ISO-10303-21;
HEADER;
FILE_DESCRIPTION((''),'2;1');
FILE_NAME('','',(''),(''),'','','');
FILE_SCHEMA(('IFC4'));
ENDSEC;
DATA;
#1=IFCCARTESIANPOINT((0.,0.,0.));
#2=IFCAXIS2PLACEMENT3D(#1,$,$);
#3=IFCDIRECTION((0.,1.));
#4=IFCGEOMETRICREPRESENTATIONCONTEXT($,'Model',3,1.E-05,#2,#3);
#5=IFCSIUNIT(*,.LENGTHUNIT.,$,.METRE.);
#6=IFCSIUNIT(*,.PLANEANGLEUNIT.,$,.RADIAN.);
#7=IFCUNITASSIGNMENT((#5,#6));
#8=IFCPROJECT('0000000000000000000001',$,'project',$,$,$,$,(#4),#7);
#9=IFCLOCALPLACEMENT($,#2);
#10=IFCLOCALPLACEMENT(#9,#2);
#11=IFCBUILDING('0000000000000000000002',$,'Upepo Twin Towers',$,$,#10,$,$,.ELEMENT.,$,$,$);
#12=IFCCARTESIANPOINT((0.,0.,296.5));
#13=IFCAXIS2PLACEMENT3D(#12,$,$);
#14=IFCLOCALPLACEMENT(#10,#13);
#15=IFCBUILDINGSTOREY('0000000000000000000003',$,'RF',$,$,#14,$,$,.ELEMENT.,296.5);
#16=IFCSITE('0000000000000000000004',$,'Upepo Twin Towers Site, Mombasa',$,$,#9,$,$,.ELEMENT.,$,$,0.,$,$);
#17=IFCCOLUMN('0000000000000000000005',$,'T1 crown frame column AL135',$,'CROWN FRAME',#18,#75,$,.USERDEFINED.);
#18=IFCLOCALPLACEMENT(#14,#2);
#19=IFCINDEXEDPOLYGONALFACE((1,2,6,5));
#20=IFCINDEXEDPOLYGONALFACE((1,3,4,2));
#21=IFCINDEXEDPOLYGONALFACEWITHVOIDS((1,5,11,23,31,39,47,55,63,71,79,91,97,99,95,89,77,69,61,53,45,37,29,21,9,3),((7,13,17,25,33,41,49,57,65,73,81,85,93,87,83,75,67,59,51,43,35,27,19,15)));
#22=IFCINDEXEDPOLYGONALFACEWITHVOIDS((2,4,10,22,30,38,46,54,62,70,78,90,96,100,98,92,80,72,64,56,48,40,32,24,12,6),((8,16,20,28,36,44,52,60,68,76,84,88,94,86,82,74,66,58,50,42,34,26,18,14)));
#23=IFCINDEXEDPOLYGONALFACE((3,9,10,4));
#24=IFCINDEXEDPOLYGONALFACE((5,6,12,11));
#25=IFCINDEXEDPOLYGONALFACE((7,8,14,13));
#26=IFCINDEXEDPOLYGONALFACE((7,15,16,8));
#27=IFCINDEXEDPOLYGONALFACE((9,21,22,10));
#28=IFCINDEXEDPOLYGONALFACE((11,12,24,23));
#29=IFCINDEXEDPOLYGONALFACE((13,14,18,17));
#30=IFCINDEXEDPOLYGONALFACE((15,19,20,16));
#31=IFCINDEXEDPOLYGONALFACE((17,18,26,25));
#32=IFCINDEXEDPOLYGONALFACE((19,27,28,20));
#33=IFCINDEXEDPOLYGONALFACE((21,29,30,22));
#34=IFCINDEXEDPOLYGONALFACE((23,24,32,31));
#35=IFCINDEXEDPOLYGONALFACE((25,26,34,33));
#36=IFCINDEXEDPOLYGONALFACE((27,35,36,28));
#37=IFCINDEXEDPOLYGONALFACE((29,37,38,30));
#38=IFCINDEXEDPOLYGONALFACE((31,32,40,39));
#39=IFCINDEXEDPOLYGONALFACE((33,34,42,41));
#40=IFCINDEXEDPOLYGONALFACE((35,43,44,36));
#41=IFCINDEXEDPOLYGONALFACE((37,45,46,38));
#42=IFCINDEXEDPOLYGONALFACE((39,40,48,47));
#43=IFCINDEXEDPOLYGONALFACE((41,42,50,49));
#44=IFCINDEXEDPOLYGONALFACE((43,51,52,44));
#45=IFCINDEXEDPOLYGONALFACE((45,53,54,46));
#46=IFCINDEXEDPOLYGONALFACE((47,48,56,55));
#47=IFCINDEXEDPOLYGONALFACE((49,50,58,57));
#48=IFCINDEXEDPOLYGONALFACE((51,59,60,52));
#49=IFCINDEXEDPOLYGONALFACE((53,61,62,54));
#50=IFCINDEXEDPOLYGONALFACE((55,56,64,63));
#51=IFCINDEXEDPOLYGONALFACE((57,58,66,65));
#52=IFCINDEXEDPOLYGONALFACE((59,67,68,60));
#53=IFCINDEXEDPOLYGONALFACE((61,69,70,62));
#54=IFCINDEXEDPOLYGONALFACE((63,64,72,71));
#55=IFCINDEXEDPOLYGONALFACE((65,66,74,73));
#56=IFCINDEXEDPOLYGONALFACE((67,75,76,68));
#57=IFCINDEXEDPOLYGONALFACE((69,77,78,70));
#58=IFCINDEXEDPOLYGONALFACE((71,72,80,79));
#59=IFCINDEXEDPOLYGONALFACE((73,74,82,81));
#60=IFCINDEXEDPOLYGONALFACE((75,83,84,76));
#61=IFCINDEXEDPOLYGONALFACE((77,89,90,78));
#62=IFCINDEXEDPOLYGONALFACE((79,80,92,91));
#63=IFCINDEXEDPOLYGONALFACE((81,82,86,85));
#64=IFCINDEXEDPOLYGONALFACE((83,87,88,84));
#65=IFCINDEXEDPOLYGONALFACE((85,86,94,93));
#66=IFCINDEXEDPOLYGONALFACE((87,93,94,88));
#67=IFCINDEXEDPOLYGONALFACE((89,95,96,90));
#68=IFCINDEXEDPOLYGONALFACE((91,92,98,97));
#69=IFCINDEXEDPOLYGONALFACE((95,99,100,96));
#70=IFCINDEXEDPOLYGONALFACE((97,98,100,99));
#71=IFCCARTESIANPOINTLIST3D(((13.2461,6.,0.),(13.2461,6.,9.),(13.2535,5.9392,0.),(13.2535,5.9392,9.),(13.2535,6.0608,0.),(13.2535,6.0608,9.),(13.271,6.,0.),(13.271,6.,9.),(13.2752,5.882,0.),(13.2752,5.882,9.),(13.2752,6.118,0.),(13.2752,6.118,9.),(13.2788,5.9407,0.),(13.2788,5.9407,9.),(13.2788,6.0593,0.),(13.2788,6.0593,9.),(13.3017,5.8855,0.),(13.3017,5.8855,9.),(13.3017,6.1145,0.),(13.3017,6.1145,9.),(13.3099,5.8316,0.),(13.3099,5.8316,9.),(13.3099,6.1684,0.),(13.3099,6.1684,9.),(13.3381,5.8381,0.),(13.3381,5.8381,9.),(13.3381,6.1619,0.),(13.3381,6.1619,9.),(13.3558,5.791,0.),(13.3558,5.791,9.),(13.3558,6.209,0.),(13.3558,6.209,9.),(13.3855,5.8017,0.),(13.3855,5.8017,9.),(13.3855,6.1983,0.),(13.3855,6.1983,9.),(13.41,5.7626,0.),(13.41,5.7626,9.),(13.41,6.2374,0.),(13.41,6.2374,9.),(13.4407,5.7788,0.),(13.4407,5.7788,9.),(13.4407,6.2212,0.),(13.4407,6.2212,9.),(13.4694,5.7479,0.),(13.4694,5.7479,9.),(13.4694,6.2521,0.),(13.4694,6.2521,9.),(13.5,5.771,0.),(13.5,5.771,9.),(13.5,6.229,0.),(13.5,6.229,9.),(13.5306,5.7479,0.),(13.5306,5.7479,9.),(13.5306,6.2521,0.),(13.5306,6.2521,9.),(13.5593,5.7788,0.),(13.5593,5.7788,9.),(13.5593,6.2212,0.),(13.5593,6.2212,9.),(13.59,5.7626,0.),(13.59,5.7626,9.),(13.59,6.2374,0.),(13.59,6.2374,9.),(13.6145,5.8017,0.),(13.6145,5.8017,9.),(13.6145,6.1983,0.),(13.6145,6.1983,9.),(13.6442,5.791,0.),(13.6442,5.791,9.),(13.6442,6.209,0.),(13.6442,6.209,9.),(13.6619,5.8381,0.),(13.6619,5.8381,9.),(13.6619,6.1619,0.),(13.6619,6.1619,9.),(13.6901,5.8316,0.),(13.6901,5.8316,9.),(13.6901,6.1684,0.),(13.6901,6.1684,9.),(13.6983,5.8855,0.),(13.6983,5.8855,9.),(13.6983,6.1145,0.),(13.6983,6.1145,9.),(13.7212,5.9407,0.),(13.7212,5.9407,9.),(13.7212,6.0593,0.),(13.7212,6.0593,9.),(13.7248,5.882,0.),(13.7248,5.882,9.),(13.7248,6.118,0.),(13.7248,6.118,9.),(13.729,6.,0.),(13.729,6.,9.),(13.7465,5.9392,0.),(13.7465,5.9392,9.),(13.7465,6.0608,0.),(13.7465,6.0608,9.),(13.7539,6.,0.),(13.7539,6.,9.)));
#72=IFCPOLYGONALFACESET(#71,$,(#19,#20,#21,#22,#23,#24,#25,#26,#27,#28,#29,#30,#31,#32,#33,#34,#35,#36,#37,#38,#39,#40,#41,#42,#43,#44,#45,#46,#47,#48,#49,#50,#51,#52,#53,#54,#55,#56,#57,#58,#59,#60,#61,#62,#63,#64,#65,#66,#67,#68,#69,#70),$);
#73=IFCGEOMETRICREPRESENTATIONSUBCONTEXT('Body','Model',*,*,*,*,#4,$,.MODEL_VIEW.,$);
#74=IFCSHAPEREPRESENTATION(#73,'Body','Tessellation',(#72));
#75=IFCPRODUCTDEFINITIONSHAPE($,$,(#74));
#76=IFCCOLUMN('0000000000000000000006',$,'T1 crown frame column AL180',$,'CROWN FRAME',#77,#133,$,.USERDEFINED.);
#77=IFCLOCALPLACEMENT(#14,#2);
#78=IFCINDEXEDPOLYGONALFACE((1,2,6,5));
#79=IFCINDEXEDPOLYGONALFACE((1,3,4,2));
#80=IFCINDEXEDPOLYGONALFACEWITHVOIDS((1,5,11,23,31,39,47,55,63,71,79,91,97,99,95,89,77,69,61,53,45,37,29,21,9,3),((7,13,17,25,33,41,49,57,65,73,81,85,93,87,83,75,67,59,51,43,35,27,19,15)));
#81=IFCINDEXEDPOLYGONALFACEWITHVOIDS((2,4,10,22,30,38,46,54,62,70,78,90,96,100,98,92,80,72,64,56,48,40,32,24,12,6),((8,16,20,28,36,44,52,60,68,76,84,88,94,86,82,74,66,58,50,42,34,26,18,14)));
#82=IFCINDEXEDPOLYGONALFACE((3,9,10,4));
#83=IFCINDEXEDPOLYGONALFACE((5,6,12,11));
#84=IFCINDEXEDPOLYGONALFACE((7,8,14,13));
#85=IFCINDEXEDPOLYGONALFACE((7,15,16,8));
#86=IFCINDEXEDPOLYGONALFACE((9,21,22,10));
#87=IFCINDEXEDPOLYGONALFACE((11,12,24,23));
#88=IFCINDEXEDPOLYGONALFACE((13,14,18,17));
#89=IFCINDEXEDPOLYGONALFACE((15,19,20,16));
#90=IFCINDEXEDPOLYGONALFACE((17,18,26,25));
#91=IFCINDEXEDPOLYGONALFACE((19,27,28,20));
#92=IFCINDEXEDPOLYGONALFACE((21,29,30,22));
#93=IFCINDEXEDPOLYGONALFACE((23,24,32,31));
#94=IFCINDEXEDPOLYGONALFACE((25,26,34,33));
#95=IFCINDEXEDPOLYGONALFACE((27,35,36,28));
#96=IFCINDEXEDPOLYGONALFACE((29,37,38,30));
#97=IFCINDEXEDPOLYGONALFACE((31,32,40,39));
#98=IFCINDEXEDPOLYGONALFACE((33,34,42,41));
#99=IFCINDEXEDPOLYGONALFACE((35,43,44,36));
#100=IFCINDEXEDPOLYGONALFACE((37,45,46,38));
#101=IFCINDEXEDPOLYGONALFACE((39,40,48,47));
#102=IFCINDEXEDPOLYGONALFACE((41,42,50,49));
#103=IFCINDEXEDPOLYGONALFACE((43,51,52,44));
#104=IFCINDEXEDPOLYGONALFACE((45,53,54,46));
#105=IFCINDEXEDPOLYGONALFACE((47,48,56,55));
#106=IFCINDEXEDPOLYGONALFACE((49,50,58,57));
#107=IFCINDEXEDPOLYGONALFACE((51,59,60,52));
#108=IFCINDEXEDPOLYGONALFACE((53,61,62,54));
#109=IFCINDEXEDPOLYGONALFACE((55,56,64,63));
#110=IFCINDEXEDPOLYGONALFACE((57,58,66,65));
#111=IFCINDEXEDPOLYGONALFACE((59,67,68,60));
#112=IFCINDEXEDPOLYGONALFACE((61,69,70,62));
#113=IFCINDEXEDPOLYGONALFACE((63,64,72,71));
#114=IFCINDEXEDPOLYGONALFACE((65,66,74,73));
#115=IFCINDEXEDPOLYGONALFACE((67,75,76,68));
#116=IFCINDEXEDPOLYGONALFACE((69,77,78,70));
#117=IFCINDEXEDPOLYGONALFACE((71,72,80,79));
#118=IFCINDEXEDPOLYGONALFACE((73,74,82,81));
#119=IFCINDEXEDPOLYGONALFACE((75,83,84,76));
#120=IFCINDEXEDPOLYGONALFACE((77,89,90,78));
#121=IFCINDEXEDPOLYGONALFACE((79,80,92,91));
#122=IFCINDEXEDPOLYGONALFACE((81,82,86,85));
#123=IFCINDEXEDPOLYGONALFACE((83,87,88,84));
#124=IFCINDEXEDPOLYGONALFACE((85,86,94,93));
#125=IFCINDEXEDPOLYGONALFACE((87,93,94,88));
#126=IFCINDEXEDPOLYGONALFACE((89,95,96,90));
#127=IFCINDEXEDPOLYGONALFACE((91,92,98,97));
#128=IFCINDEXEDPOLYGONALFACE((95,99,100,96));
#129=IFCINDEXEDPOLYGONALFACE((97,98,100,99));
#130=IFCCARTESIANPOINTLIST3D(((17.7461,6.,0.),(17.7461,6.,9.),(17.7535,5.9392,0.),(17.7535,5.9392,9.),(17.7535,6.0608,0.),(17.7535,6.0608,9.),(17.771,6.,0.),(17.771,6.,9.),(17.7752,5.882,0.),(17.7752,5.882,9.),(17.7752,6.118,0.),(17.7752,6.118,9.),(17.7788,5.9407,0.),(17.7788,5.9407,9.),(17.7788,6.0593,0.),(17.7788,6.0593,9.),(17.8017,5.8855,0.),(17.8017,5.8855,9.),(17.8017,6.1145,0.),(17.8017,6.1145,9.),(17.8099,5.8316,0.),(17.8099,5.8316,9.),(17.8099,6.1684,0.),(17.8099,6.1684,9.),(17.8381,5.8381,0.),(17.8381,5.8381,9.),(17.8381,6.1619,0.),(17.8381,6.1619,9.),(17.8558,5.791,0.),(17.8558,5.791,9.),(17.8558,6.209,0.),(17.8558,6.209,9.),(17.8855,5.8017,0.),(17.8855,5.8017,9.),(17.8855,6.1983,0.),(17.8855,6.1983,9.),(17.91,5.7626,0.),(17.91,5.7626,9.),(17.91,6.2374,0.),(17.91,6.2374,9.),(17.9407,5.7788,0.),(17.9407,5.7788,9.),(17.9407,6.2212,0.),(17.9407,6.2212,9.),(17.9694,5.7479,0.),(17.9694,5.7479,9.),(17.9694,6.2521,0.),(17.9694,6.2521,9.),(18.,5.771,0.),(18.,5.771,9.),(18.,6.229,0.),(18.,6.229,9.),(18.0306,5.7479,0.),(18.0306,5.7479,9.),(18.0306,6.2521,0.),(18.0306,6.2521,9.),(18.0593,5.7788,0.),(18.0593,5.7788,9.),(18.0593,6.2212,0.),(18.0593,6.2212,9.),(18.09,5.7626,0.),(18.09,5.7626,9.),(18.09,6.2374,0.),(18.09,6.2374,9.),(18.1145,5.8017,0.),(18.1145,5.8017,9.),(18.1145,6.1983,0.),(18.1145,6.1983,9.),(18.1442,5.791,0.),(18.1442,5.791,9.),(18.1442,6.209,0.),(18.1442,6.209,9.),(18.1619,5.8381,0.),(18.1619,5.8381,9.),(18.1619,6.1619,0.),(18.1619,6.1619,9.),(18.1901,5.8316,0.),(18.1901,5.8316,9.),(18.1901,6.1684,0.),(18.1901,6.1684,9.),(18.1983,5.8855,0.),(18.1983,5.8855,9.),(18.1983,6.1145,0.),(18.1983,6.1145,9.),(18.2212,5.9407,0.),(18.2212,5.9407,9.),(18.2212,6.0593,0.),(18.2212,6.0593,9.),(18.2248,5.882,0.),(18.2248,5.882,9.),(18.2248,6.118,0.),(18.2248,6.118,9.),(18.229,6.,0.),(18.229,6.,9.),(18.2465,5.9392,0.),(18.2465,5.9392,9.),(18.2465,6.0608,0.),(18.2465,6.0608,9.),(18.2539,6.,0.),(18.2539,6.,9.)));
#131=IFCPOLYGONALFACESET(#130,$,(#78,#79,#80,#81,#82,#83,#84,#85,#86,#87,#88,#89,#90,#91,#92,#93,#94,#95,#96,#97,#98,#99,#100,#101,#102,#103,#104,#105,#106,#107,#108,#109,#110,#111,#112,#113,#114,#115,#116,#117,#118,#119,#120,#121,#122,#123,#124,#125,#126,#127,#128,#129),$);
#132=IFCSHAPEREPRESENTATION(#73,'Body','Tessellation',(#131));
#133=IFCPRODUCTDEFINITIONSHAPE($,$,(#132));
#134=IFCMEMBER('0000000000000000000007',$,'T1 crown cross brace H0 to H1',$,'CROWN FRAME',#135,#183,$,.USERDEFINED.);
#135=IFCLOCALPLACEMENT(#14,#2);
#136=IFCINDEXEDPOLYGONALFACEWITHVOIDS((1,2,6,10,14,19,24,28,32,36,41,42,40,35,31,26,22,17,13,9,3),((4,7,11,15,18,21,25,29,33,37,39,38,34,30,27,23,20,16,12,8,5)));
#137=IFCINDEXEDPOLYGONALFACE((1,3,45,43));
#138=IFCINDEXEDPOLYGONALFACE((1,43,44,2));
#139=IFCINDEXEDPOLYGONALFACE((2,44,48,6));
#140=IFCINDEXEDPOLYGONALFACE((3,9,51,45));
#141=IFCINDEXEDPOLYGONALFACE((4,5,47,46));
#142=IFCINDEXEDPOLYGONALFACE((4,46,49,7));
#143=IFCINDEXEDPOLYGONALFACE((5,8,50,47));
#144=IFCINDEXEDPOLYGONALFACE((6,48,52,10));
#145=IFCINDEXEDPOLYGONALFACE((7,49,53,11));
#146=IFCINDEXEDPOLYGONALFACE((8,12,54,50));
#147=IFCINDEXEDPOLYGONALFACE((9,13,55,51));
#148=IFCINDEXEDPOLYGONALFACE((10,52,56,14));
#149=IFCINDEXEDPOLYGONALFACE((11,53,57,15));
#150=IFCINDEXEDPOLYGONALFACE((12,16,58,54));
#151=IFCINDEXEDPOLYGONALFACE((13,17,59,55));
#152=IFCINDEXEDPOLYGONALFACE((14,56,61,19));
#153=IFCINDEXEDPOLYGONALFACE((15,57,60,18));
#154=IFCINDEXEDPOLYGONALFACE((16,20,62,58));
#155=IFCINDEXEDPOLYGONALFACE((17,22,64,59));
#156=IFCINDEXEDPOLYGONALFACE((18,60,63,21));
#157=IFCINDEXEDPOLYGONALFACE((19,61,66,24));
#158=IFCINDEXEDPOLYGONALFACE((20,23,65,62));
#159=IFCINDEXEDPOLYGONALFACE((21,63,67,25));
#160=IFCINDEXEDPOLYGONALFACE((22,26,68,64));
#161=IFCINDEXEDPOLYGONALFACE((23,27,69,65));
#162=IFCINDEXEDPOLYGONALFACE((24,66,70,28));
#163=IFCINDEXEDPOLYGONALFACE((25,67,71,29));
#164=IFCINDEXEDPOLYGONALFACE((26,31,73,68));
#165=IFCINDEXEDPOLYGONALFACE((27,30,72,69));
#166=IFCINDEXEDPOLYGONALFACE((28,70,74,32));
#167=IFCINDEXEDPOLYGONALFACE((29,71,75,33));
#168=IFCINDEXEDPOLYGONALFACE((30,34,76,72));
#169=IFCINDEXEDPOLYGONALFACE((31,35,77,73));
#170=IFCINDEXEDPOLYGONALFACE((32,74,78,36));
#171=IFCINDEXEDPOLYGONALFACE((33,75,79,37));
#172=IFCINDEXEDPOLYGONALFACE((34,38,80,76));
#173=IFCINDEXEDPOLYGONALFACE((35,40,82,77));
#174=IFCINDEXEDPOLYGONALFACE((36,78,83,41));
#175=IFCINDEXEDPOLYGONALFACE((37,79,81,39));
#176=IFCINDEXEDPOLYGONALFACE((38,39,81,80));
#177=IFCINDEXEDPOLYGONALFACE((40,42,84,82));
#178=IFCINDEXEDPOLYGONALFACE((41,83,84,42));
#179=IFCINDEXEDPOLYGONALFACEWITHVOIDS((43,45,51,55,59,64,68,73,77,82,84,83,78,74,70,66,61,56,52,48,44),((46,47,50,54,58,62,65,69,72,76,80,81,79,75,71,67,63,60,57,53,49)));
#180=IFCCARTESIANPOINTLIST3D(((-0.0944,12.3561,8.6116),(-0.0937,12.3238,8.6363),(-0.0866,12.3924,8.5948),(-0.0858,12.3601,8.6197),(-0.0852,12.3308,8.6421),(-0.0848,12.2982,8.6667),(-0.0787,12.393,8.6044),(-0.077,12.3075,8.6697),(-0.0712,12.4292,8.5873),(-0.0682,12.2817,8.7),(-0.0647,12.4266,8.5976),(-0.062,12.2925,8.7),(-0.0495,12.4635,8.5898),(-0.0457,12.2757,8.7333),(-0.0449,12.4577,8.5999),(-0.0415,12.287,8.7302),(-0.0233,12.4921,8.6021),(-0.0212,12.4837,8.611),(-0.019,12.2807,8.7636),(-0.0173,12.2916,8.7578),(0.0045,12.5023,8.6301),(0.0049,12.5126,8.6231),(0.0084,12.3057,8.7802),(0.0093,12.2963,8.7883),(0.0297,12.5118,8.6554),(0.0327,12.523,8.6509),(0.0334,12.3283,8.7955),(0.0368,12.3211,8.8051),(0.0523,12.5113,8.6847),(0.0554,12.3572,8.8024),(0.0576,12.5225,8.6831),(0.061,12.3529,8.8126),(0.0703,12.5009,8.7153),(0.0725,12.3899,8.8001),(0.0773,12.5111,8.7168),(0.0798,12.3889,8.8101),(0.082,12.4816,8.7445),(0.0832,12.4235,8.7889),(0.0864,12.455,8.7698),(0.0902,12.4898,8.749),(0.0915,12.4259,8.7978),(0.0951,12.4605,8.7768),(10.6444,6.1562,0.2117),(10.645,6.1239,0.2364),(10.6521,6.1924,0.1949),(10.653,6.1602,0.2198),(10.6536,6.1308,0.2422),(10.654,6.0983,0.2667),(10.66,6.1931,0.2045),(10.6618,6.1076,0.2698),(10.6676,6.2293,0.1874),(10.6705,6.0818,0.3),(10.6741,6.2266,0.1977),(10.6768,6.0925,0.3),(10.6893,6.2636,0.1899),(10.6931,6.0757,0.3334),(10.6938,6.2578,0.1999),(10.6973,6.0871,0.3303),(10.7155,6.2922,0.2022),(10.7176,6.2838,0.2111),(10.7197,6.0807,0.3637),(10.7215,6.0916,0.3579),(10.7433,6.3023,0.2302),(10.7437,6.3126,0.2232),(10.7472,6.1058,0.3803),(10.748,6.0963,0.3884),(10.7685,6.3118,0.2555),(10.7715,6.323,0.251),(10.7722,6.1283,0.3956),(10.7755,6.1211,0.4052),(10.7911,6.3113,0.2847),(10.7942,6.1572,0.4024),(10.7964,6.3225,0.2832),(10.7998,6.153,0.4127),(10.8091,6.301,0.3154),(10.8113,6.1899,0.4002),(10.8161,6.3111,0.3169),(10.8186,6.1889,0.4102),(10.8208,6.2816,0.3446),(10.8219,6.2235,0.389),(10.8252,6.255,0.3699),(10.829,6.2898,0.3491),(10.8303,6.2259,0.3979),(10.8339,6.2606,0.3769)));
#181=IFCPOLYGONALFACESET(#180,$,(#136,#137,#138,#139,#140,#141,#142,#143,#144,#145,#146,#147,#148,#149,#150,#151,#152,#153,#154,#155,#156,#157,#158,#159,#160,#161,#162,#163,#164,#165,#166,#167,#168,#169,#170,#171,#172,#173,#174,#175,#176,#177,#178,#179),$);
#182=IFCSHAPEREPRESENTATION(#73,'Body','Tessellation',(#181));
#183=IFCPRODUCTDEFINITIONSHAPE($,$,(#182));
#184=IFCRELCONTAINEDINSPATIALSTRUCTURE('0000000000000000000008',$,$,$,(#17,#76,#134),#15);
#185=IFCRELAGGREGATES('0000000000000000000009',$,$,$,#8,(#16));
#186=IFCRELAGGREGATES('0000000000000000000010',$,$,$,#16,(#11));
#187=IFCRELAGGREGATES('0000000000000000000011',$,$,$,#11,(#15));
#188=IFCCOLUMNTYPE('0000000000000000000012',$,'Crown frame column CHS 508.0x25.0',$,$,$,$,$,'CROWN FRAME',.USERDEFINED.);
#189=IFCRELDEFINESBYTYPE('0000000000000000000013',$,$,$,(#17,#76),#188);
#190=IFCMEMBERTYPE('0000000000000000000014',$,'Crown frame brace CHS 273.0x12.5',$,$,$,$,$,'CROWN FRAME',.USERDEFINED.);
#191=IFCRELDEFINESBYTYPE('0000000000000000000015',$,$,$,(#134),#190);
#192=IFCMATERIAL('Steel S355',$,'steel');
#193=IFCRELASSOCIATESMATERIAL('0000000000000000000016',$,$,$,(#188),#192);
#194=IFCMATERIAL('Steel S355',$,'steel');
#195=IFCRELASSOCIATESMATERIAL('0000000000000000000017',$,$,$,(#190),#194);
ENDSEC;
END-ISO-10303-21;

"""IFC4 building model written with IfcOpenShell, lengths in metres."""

from ifc_helpers import new_model, si_unit, direction, frame, origin, origin_2d, place, context, subcontext, project, spatial, hollow_circle, extrude, material, material_profile, profile_set, type_object, element, save


model = new_model("IFC4")

# Units and contexts
model_context = context("Model", 3, precision=1e-05, world=origin(), true_north=direction((0.0, 1.0)))
body_context = subcontext(model_context, "Body", "Model", "MODEL_VIEW")
ifc_project = project(units=[si_unit("LENGTHUNIT", "METRE"), si_unit("PLANEANGLEUNIT", "RADIAN")], contexts=[model_context])

# Site, building, storey
site_placement = place(None, origin())
site = spatial("IfcSite", under=ifc_project, at=site_placement, Name="Upepo Twin Towers Site, Mombasa", CompositionType="ELEMENT", RefElevation=0.0)
building_placement = place(site_placement, origin())
building = spatial("IfcBuilding", under=site, at=building_placement, Name="Upepo Twin Towers", CompositionType="ELEMENT")
storey_placement = place(building_placement, frame((0.0, 0.0, 296.5)))
storey = spatial("IfcBuildingStorey", under=building, at=storey_placement, Name="RF", CompositionType="ELEMENT", Elevation=296.5)

# Columns
ifc_material_1 = material(Name="Steel S355", Category="steel")
ifc_material_profile_1 = material_profile(ifc_material_1, hollow_circle(Radius=0.2539, WallThickness=0.0249, at=origin_2d()), Name="CHS 508.0x25.0")
ifc_profile_set_1 = profile_set([ifc_material_profile_1], Name="Steel S355")
column_type = type_object("IfcColumnType", Name="Crown frame column CHS 508.0x25.0", ElementType="CROWN FRAME", PredefinedType="USERDEFINED", material=ifc_profile_set_1)
for number, where, z_axis, x_axis, name in (
    (1, (13.5, 6.0, 0.0), (0.0, 0.0, 1.0), (1.0, 0.0, 0.0), "T1 crown frame column AL135"),
    (2, (18.0, 6.0, 0.0), (0.0, 0.0, 1.0), (1.0, 0.0, 0.0), "T1 crown frame column AL180"),
):
    element("IfcColumn", number, at=place(storey_placement, frame(where, z_axis=z_axis, x_axis=x_axis)), inside=storey, type_object=column_type, Name=name, ObjectType="CROWN FRAME", PredefinedType="USERDEFINED", context=body_context, shape_type="SweptSolid", body=[
        extrude(hollow_circle(Radius=0.2539, WallThickness=0.0249, at=origin_2d()), origin(), (0.0, 0.0, 1.0), 9.0),
    ])

# Member
ifc_material_2 = material(Name="Steel S355", Category="steel")
ifc_material_profile_2 = material_profile(ifc_material_2, hollow_circle(Radius=0.1365, WallThickness=0.0125, at=origin_2d()), Name="CHS 273.0x12.5")
ifc_profile_set_2 = profile_set([ifc_material_profile_2], Name="Steel S355")
member_type_1 = type_object("IfcMemberType", Name="Crown frame brace CHS 273.0x12.5", ElementType="CROWN FRAME", PredefinedType="USERDEFINED", material=ifc_profile_set_2)
member_1_placement = place(storey_placement, frame((10.7388, 6.2, 0.3), z_axis=(-0.717004, 0.413957, 0.560843), x_axis=(-0.499995, -0.866028, 0.0)))
element("IfcMember", 3, at=member_1_placement, inside=storey, type_object=member_type_1, Name="T1 crown cross brace H0 to H1", ObjectType="CROWN FRAME", PredefinedType="USERDEFINED", context=body_context, shape_type="SweptSolid", body=[
    extrude(hollow_circle(Radius=0.1365, WallThickness=0.0125, at=origin_2d()), origin(), (0.0, 0.0, 1.0), 14.9773),
])

save(model, "model.ifc")
